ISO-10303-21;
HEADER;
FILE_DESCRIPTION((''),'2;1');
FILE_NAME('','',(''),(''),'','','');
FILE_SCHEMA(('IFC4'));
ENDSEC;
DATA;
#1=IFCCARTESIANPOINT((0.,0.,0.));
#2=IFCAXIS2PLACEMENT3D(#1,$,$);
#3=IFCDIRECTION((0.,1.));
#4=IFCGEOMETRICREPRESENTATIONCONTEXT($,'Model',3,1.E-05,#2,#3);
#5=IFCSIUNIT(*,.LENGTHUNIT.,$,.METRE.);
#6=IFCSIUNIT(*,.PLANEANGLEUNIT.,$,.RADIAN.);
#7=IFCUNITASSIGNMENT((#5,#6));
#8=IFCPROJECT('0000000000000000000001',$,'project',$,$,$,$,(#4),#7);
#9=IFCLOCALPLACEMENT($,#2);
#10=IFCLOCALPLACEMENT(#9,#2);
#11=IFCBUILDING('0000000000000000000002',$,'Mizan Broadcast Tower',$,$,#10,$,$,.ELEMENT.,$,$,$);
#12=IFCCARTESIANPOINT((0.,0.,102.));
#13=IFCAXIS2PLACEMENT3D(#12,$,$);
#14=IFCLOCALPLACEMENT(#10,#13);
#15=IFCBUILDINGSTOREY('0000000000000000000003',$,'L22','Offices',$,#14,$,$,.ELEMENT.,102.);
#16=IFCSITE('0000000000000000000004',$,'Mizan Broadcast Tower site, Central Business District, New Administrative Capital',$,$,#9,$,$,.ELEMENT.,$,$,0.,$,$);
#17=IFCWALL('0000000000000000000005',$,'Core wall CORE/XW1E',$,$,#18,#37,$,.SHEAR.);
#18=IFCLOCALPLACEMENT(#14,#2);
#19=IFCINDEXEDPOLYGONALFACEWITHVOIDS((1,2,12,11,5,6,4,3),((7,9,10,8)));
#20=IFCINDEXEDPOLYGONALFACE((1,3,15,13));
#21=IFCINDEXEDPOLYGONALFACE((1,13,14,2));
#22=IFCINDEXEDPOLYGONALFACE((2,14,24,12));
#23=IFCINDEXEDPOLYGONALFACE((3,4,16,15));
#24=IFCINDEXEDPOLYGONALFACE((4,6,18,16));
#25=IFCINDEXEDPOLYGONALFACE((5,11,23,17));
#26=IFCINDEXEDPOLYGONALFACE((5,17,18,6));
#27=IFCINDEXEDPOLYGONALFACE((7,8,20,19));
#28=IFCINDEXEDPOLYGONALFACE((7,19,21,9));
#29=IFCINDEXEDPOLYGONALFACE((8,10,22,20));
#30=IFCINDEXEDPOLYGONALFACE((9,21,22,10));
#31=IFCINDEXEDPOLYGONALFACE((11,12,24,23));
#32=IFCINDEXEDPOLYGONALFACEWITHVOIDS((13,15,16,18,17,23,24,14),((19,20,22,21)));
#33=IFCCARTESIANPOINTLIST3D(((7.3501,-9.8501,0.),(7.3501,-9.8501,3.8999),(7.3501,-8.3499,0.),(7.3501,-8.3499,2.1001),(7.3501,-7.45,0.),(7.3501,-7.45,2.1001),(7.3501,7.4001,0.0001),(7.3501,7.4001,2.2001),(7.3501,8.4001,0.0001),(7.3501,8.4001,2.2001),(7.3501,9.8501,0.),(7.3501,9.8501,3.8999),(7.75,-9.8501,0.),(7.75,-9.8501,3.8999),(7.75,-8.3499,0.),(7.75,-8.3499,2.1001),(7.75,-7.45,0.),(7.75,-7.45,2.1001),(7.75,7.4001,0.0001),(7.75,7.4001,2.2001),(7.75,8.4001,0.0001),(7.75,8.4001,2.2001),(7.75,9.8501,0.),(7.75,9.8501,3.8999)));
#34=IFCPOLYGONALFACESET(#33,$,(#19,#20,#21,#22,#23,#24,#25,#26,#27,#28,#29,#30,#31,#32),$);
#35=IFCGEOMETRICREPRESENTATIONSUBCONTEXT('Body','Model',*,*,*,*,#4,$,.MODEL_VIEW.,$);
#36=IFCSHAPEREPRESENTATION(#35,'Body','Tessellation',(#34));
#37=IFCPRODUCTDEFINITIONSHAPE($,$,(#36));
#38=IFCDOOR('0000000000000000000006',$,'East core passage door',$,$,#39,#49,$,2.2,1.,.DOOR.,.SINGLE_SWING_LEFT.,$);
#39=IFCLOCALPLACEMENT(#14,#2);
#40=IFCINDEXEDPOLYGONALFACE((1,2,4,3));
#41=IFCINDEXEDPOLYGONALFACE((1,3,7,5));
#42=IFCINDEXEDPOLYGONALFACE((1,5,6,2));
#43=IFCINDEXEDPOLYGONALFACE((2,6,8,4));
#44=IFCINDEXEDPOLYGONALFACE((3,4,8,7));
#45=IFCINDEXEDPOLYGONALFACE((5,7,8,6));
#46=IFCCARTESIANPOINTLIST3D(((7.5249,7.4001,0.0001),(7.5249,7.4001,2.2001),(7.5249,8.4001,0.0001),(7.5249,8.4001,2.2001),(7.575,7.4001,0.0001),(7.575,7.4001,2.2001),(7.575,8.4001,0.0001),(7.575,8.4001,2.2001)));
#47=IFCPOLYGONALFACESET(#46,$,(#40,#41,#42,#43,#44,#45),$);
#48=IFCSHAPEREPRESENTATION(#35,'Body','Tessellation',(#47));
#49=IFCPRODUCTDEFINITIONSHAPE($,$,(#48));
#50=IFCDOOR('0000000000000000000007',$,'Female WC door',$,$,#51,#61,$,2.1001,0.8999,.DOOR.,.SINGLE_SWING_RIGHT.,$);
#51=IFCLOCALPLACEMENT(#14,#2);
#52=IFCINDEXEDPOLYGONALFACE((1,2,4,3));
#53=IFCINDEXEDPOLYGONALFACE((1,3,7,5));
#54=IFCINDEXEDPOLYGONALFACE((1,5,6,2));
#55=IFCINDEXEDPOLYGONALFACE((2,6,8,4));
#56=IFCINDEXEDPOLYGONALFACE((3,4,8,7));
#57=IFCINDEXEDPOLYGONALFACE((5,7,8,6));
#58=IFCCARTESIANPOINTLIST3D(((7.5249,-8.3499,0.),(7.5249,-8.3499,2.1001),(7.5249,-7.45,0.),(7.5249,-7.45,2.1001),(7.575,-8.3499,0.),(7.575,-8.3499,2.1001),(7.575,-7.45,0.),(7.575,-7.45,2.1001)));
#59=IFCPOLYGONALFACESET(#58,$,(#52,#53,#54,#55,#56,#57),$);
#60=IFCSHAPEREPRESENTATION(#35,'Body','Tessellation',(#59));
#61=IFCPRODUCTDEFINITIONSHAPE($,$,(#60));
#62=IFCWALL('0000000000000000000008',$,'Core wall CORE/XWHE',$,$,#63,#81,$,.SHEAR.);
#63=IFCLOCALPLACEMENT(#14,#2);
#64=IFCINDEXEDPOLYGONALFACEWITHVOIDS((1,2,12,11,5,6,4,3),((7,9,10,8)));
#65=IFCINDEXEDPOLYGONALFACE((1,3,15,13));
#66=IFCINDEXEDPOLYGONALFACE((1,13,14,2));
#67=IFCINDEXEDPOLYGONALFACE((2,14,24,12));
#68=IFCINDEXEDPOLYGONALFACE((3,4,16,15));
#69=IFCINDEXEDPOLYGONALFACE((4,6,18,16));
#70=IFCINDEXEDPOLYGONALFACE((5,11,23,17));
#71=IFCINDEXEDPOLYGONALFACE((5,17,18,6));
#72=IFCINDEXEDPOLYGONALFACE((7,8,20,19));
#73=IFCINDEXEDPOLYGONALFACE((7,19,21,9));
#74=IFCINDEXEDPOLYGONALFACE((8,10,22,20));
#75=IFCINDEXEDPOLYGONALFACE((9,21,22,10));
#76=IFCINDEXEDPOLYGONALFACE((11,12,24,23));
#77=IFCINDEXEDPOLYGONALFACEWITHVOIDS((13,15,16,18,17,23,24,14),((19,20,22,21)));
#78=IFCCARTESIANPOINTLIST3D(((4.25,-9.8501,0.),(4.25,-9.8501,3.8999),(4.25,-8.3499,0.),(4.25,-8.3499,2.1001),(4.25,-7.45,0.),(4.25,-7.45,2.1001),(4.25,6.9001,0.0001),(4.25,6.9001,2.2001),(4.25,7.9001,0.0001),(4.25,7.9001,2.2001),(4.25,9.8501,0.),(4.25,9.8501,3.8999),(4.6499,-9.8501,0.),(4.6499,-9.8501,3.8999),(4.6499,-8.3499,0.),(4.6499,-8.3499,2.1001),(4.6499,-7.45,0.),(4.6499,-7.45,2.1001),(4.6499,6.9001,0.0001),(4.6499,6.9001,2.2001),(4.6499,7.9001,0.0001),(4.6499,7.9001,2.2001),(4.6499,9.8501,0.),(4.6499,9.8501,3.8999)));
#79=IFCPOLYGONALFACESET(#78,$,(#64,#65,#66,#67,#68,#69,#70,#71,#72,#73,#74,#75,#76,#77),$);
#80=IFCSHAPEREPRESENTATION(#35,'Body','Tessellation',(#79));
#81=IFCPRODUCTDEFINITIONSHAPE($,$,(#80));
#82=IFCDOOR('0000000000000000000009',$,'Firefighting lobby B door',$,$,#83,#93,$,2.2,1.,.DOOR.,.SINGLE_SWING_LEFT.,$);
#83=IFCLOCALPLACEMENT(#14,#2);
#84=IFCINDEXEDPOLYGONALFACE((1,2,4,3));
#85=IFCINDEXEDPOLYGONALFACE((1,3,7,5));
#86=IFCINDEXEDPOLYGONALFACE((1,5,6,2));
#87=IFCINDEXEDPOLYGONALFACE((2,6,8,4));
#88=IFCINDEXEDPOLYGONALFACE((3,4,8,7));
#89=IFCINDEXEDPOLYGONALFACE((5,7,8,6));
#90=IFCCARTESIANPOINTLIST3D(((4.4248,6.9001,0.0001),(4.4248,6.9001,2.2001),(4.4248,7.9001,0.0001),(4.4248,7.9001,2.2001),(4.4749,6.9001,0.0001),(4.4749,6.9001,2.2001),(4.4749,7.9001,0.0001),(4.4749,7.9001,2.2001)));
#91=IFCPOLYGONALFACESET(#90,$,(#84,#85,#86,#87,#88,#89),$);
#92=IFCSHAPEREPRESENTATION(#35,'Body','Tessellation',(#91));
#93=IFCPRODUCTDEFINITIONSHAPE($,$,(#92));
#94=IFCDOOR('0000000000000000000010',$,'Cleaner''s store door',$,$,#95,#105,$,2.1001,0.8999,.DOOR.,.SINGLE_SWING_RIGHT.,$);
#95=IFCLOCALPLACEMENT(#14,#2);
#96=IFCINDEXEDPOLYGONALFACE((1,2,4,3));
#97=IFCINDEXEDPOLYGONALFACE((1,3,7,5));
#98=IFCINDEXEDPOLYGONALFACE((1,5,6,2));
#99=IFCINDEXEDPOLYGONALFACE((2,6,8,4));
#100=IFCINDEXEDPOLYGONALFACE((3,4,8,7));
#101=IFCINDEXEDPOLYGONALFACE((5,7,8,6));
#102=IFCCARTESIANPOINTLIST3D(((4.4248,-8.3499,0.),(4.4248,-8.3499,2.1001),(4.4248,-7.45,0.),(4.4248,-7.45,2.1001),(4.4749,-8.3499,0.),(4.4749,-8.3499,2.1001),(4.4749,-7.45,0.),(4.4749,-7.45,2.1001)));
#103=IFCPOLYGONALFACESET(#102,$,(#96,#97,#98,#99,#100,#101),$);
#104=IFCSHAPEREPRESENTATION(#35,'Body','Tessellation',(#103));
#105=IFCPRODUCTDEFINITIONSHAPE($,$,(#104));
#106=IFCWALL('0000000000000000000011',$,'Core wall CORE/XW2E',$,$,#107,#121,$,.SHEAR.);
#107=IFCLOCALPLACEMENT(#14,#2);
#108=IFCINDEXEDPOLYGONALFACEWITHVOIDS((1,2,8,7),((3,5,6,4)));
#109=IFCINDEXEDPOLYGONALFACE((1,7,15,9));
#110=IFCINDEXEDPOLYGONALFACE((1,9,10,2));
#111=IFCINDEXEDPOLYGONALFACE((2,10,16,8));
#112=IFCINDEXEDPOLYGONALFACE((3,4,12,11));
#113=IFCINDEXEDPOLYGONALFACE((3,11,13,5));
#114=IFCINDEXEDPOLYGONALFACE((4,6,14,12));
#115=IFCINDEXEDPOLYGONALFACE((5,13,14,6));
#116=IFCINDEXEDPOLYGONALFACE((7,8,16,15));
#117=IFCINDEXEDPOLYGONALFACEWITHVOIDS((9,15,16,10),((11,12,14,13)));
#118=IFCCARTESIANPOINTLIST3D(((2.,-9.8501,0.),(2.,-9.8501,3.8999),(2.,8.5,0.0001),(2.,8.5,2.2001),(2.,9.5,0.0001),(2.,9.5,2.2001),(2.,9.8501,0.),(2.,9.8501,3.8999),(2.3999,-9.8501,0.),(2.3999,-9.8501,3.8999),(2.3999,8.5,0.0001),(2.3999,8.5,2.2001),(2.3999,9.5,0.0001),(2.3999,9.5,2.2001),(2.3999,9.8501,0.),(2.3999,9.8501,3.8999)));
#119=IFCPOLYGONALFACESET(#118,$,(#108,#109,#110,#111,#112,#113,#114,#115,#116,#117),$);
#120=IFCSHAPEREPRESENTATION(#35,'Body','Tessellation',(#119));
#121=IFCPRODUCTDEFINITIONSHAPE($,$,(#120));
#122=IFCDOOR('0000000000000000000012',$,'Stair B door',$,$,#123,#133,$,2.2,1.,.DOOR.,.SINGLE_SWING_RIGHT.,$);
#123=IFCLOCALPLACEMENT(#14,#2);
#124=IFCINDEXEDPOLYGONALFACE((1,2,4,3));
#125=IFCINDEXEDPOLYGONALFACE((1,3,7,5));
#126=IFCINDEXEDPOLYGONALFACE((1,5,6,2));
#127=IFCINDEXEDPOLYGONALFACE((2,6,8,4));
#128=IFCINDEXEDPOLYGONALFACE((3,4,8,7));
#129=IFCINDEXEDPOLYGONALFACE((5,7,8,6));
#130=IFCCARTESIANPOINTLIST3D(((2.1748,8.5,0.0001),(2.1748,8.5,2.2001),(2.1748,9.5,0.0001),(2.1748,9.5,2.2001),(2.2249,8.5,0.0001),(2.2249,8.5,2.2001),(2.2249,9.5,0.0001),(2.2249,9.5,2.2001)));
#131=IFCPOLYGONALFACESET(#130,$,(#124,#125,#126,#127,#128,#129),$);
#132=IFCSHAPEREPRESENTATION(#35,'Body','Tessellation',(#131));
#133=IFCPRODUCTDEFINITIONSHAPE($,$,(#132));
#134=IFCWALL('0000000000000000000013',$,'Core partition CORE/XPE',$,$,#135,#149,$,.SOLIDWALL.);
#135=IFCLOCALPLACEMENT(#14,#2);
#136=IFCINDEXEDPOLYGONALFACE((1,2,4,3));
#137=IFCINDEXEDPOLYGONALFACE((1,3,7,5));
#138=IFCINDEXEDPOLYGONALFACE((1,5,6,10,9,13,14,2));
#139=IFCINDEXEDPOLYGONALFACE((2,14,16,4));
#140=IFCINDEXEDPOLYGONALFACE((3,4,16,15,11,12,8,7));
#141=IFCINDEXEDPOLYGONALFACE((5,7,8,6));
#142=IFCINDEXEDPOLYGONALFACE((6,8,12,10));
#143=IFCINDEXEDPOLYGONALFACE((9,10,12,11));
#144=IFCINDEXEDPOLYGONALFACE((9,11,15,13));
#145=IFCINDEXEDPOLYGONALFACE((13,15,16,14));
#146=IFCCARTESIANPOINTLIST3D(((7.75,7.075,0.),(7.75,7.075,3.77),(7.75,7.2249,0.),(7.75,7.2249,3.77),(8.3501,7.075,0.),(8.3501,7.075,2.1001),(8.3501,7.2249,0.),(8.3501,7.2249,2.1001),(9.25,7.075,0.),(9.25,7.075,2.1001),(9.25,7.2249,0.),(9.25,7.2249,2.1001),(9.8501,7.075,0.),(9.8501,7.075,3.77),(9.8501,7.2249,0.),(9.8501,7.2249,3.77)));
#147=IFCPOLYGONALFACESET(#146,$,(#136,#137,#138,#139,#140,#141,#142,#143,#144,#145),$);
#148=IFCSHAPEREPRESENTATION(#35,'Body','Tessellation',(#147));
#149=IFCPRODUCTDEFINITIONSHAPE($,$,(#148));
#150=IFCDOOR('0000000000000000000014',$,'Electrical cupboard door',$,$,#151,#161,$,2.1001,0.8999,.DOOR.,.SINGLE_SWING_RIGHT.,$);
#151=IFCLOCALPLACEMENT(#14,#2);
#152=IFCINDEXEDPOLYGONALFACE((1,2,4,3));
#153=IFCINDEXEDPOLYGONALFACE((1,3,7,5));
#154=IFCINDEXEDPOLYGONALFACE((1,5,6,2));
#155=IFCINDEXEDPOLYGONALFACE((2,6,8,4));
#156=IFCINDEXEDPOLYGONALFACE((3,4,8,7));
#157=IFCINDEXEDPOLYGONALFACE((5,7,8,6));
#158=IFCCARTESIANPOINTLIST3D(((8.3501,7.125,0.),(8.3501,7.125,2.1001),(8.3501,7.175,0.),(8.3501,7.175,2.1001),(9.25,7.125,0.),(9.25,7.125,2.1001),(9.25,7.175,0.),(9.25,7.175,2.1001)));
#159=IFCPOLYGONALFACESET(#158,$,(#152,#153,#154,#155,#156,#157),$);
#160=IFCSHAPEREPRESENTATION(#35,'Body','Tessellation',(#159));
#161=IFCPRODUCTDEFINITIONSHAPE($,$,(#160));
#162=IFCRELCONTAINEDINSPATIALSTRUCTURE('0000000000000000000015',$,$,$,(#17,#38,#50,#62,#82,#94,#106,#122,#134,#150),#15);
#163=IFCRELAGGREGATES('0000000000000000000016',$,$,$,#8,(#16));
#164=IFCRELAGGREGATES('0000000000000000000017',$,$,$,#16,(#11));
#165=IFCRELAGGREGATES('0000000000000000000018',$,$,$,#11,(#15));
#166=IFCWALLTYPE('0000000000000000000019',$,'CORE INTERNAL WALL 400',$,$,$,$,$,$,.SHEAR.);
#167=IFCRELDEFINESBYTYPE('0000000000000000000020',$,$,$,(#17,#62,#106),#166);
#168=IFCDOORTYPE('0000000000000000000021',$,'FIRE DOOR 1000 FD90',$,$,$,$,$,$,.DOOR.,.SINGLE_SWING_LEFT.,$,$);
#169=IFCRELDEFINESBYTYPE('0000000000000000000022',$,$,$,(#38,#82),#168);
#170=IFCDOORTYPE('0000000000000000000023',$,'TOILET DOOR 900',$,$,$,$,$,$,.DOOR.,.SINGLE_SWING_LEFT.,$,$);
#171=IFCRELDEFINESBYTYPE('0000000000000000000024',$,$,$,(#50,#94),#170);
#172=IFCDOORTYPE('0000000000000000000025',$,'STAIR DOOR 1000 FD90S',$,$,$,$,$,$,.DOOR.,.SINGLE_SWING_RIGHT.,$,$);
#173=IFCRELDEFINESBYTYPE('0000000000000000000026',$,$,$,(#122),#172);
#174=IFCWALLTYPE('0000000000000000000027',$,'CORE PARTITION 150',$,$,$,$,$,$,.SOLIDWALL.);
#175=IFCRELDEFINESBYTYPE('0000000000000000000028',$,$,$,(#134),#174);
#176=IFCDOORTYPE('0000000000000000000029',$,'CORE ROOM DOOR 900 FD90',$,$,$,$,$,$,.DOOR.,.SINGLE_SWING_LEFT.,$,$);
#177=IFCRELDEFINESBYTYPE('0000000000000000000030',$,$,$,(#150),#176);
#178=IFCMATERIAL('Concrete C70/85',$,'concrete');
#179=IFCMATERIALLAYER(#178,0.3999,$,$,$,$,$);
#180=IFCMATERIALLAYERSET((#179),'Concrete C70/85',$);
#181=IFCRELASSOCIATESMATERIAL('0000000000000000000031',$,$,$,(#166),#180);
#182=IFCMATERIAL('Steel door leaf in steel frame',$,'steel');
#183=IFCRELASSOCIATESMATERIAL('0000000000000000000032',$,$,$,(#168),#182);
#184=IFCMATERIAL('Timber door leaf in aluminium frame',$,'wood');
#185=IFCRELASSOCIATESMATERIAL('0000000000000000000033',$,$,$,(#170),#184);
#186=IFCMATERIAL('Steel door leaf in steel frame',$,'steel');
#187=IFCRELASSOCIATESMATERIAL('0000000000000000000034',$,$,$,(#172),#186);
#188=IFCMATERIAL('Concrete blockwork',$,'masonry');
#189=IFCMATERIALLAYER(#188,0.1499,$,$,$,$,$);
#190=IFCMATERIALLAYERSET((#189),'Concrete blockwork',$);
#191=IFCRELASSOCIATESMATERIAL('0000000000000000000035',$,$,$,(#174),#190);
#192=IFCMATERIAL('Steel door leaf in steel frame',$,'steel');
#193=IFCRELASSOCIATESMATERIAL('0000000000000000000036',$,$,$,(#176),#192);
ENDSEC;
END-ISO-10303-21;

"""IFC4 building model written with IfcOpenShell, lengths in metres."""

from ifc_helpers import new_model, si_unit, direction, frame, frame_2d, origin, place, context, subcontext, project, spatial, rectangle, extrude, material, layer, layer_set, type_object, element, fill, save


model = new_model("IFC4")

# Units and contexts
model_context = context("Model", 3, precision=1e-05, world=origin(), true_north=direction((0.0, 1.0)))
body_context = subcontext(model_context, "Body", "Model", "MODEL_VIEW")
ifc_project = project(units=[si_unit("LENGTHUNIT", "METRE"), si_unit("PLANEANGLEUNIT", "RADIAN")], contexts=[model_context])

# Site, building, storey
site_placement = place(None, origin())
site = spatial("IfcSite", under=ifc_project, at=site_placement, Name="Mizan Broadcast Tower site, Central Business District, New Administrative Capital", CompositionType="ELEMENT", RefElevation=0.0)
building_placement = place(site_placement, origin())
building = spatial("IfcBuilding", under=site, at=building_placement, Name="Mizan Broadcast Tower", CompositionType="ELEMENT")
storey_placement = place(building_placement, frame((0.0, 0.0, 102.0)))
storey = spatial("IfcBuildingStorey", under=building, at=storey_placement, Name="L22", Description="Offices", CompositionType="ELEMENT", Elevation=102.0)

# Walls, openings, doors
ifc_material_1 = material(Name="Concrete C70/85", Category="concrete")
ifc_layer_1 = layer(ifc_material_1, 0.3999)
ifc_layer_set_1 = layer_set([ifc_layer_1], Name="Concrete C70/85")
wall_type_1 = type_object("IfcWallType", Name="CORE INTERNAL WALL 400", PredefinedType="SHEAR", material=ifc_layer_set_1)
wall_1_placement = place(storey_placement, frame((7.55, 9.8501, 0.0), z_axis=(0.0, 0.0, 1.0), x_axis=(0.0, -1.0, 0.0)))
wall_1 = element("IfcWall", 1, at=wall_1_placement, inside=storey, type_object=wall_type_1, Name="Core wall CORE/XW1E", PredefinedType="SHEAR", context=body_context, shape_type="SweptSolid", body=[
    extrude(rectangle(XDim=19.7002, YDim=0.3999, at=frame_2d((9.8501, 0.0))), origin(), (0.0, 0.0, 1.0), 3.8999),
])
opening_1_placement = place(wall_1_placement, frame((1.45, 0.0, 0.0)))
opening_1 = element("IfcOpeningElement", 2, at=opening_1_placement, cuts=wall_1, PredefinedType="OPENING", context=body_context, shape_type="SweptSolid", body=[
    extrude(rectangle(XDim=1.0, YDim=2.2, at=frame_2d((0.5, 1.1001))), frame((0.0, 0.21, 0.0), z_axis=(0.0, -1.0, 0.0), x_axis=(1.0, 0.0, 0.0)), (0.0, 0.0, 1.0), 0.4199),
])
opening_2_placement = place(wall_1_placement, frame((17.3, 0.0, 0.0)))
opening_2 = element("IfcOpeningElement", 3, at=opening_2_placement, cuts=wall_1, PredefinedType="OPENING", context=body_context, shape_type="SweptSolid", body=[
    extrude(rectangle(XDim=0.8999, YDim=2.1001, at=frame_2d((0.45, 1.05))), frame((0.0, 0.21, 0.0), z_axis=(0.0, -1.0, 0.0), x_axis=(1.0, 0.0, 0.0)), (0.0, 0.0, 1.0), 0.4199),
])
ifc_material_2 = material(Name="Steel door leaf in steel frame", Category="steel")
door_type_1 = type_object("IfcDoorType", Name="FIRE DOOR 1000 FD90", OperationType="SINGLE_SWING_LEFT", PredefinedType="DOOR", material=ifc_material_2)
door_1_placement = place(opening_1_placement, origin())
door_1 = element("IfcDoor", 4, at=door_1_placement, inside=storey, type_object=door_type_1, Name="East core passage door", OperationType="SINGLE_SWING_LEFT", OverallHeight=2.2, OverallWidth=1.0, PredefinedType="DOOR", context=body_context, shape_type="SweptSolid", body=[
    extrude(rectangle(XDim=1.0, YDim=2.2, at=frame_2d((0.5, 1.1001))), frame((0.0, 0.0249, 0.0), z_axis=(0.0, -1.0, 0.0), x_axis=(1.0, 0.0, 0.0)), (0.0, 0.0, 1.0), 0.05),
])
fill(opening_1, door_1)
ifc_material_3 = material(Name="Timber door leaf in aluminium frame", Category="wood")
door_type_2 = type_object("IfcDoorType", Name="TOILET DOOR 900", OperationType="SINGLE_SWING_LEFT", PredefinedType="DOOR", material=ifc_material_3)
door_2_placement = place(opening_2_placement, origin())
door_2 = element("IfcDoor", 5, at=door_2_placement, inside=storey, type_object=door_type_2, Name="Female WC door", OperationType="SINGLE_SWING_RIGHT", OverallHeight=2.1001, OverallWidth=0.8999, PredefinedType="DOOR", context=body_context, shape_type="SweptSolid", body=[
    extrude(rectangle(XDim=0.8999, YDim=2.1001, at=frame_2d((0.45, 1.05))), frame((0.0, 0.0249, 0.0), z_axis=(0.0, -1.0, 0.0), x_axis=(1.0, 0.0, 0.0)), (0.0, 0.0, 1.0), 0.05),
])
fill(opening_2, door_2)
wall_2_placement = place(storey_placement, frame((4.45, 9.8501, 0.0), z_axis=(0.0, 0.0, 1.0), x_axis=(0.0, -1.0, 0.0)))
wall_2 = element("IfcWall", 6, at=wall_2_placement, inside=storey, type_object=wall_type_1, Name="Core wall CORE/XWHE", PredefinedType="SHEAR", context=body_context, shape_type="SweptSolid", body=[
    extrude(rectangle(XDim=19.7002, YDim=0.3999, at=frame_2d((9.8501, 0.0))), origin(), (0.0, 0.0, 1.0), 3.8999),
])
opening_3_placement = place(wall_2_placement, frame((1.95, 0.0, 0.0)))
opening_3 = element("IfcOpeningElement", 7, at=opening_3_placement, cuts=wall_2, PredefinedType="OPENING", context=body_context, shape_type="SweptSolid", body=[
    extrude(rectangle(XDim=1.0, YDim=2.2, at=frame_2d((0.5, 1.1001))), frame((0.0, 0.21, 0.0), z_axis=(0.0, -1.0, 0.0), x_axis=(1.0, 0.0, 0.0)), (0.0, 0.0, 1.0), 0.4199),
])
opening_4_placement = place(wall_2_placement, frame((17.3, 0.0, 0.0)))
opening_4 = element("IfcOpeningElement", 8, at=opening_4_placement, cuts=wall_2, PredefinedType="OPENING", context=body_context, shape_type="SweptSolid", body=[
    extrude(rectangle(XDim=0.8999, YDim=2.1001, at=frame_2d((0.45, 1.05))), frame((0.0, 0.21, 0.0), z_axis=(0.0, -1.0, 0.0), x_axis=(1.0, 0.0, 0.0)), (0.0, 0.0, 1.0), 0.4199),
])
door_3_placement = place(opening_3_placement, origin())
door_3 = element("IfcDoor", 9, at=door_3_placement, inside=storey, type_object=door_type_1, Name="Firefighting lobby B door", OperationType="SINGLE_SWING_LEFT", OverallHeight=2.2, OverallWidth=1.0, PredefinedType="DOOR", context=body_context, shape_type="SweptSolid", body=[
    extrude(rectangle(XDim=1.0, YDim=2.2, at=frame_2d((0.5, 1.1001))), frame((0.0, 0.0249, 0.0), z_axis=(0.0, -1.0, 0.0), x_axis=(1.0, 0.0, 0.0)), (0.0, 0.0, 1.0), 0.05),
])
fill(opening_3, door_3)
door_4_placement = place(opening_4_placement, origin())
door_4 = element("IfcDoor", 10, at=door_4_placement, inside=storey, type_object=door_type_2, Name="Cleaner's store door", OperationType="SINGLE_SWING_RIGHT", OverallHeight=2.1001, OverallWidth=0.8999, PredefinedType="DOOR", context=body_context, shape_type="SweptSolid", body=[
    extrude(rectangle(XDim=0.8999, YDim=2.1001, at=frame_2d((0.45, 1.05))), frame((0.0, 0.0249, 0.0), z_axis=(0.0, -1.0, 0.0), x_axis=(1.0, 0.0, 0.0)), (0.0, 0.0, 1.0), 0.05),
])
fill(opening_4, door_4)

# Walls, openings, doors
wall_3_placement = place(storey_placement, frame((2.2, 9.8501, 0.0), z_axis=(0.0, 0.0, 1.0), x_axis=(0.0, -1.0, 0.0)))
wall_3 = element("IfcWall", 11, at=wall_3_placement, inside=storey, type_object=wall_type_1, Name="Core wall CORE/XW2E", PredefinedType="SHEAR", context=body_context, shape_type="SweptSolid", body=[
    extrude(rectangle(XDim=19.7002, YDim=0.3999, at=frame_2d((9.8501, 0.0))), origin(), (0.0, 0.0, 1.0), 3.8999),
])
opening_5_placement = place(wall_3_placement, frame((0.3501, 0.0, 0.0)))
opening_5 = element("IfcOpeningElement", 12, at=opening_5_placement, cuts=wall_3, PredefinedType="OPENING", context=body_context, shape_type="SweptSolid", body=[
    extrude(rectangle(XDim=1.0, YDim=2.2, at=frame_2d((0.5, 1.1001))), frame((0.0, 0.21, 0.0), z_axis=(0.0, -1.0, 0.0), x_axis=(1.0, 0.0, 0.0)), (0.0, 0.0, 1.0), 0.4199),
])
ifc_material_4 = material(Name="Steel door leaf in steel frame", Category="steel")
door_type_3 = type_object("IfcDoorType", Name="STAIR DOOR 1000 FD90S", OperationType="SINGLE_SWING_RIGHT", PredefinedType="DOOR", material=ifc_material_4)
door_5_placement = place(opening_5_placement, origin())
door_5 = element("IfcDoor", 13, at=door_5_placement, inside=storey, type_object=door_type_3, Name="Stair B door", OperationType="SINGLE_SWING_RIGHT", OverallHeight=2.2, OverallWidth=1.0, PredefinedType="DOOR", context=body_context, shape_type="SweptSolid", body=[
    extrude(rectangle(XDim=1.0, YDim=2.2, at=frame_2d((0.5, 1.1001))), frame((0.0, 0.0249, 0.0), z_axis=(0.0, -1.0, 0.0), x_axis=(1.0, 0.0, 0.0)), (0.0, 0.0, 1.0), 0.05),
])
fill(opening_5, door_5)
ifc_material_5 = material(Name="Concrete blockwork", Category="masonry")
ifc_layer_2 = layer(ifc_material_5, 0.1499)
ifc_layer_set_2 = layer_set([ifc_layer_2], Name="Concrete blockwork")
wall_type_2 = type_object("IfcWallType", Name="CORE PARTITION 150", PredefinedType="SOLIDWALL", material=ifc_layer_set_2)
wall_4_placement = place(storey_placement, frame((9.8501, 7.1499, 0.0), z_axis=(0.0, 0.0, 1.0), x_axis=(-1.0, 0.0, 0.0)))
wall_4 = element("IfcWall", 14, at=wall_4_placement, inside=storey, type_object=wall_type_2, Name="Core partition CORE/XPE", PredefinedType="SOLIDWALL", context=body_context, shape_type="SweptSolid", body=[
    extrude(rectangle(XDim=2.1001, YDim=0.1499, at=frame_2d((1.05, 0.0))), origin(), (0.0, 0.0, 1.0), 3.77),
])
opening_6_placement = place(wall_4_placement, frame((0.6001, 0.0, 0.0)))
opening_6 = element("IfcOpeningElement", 15, at=opening_6_placement, cuts=wall_4, PredefinedType="OPENING", context=body_context, shape_type="SweptSolid", body=[
    extrude(rectangle(XDim=0.8999, YDim=2.1001, at=frame_2d((0.45, 1.05))), frame((0.0, 0.085, 0.0), z_axis=(0.0, -1.0, 0.0), x_axis=(1.0, 0.0, 0.0)), (0.0, 0.0, 1.0), 0.1699),
])
ifc_material_6 = material(Name="Steel door leaf in steel frame", Category="steel")
door_type_4 = type_object("IfcDoorType", Name="CORE ROOM DOOR 900 FD90", OperationType="SINGLE_SWING_LEFT", PredefinedType="DOOR", material=ifc_material_6)
door_6_placement = place(opening_6_placement, origin())
door_6 = element("IfcDoor", 16, at=door_6_placement, inside=storey, type_object=door_type_4, Name="Electrical cupboard door", OperationType="SINGLE_SWING_RIGHT", OverallHeight=2.1001, OverallWidth=0.8999, PredefinedType="DOOR", context=body_context, shape_type="SweptSolid", body=[
    extrude(rectangle(XDim=0.8999, YDim=2.1001, at=frame_2d((0.45, 1.05))), frame((0.0, 0.0249, 0.0), z_axis=(0.0, -1.0, 0.0), x_axis=(1.0, 0.0, 0.0)), (0.0, 0.0, 1.0), 0.05),
])
fill(opening_6, door_6)

save(model, "model.ifc")
